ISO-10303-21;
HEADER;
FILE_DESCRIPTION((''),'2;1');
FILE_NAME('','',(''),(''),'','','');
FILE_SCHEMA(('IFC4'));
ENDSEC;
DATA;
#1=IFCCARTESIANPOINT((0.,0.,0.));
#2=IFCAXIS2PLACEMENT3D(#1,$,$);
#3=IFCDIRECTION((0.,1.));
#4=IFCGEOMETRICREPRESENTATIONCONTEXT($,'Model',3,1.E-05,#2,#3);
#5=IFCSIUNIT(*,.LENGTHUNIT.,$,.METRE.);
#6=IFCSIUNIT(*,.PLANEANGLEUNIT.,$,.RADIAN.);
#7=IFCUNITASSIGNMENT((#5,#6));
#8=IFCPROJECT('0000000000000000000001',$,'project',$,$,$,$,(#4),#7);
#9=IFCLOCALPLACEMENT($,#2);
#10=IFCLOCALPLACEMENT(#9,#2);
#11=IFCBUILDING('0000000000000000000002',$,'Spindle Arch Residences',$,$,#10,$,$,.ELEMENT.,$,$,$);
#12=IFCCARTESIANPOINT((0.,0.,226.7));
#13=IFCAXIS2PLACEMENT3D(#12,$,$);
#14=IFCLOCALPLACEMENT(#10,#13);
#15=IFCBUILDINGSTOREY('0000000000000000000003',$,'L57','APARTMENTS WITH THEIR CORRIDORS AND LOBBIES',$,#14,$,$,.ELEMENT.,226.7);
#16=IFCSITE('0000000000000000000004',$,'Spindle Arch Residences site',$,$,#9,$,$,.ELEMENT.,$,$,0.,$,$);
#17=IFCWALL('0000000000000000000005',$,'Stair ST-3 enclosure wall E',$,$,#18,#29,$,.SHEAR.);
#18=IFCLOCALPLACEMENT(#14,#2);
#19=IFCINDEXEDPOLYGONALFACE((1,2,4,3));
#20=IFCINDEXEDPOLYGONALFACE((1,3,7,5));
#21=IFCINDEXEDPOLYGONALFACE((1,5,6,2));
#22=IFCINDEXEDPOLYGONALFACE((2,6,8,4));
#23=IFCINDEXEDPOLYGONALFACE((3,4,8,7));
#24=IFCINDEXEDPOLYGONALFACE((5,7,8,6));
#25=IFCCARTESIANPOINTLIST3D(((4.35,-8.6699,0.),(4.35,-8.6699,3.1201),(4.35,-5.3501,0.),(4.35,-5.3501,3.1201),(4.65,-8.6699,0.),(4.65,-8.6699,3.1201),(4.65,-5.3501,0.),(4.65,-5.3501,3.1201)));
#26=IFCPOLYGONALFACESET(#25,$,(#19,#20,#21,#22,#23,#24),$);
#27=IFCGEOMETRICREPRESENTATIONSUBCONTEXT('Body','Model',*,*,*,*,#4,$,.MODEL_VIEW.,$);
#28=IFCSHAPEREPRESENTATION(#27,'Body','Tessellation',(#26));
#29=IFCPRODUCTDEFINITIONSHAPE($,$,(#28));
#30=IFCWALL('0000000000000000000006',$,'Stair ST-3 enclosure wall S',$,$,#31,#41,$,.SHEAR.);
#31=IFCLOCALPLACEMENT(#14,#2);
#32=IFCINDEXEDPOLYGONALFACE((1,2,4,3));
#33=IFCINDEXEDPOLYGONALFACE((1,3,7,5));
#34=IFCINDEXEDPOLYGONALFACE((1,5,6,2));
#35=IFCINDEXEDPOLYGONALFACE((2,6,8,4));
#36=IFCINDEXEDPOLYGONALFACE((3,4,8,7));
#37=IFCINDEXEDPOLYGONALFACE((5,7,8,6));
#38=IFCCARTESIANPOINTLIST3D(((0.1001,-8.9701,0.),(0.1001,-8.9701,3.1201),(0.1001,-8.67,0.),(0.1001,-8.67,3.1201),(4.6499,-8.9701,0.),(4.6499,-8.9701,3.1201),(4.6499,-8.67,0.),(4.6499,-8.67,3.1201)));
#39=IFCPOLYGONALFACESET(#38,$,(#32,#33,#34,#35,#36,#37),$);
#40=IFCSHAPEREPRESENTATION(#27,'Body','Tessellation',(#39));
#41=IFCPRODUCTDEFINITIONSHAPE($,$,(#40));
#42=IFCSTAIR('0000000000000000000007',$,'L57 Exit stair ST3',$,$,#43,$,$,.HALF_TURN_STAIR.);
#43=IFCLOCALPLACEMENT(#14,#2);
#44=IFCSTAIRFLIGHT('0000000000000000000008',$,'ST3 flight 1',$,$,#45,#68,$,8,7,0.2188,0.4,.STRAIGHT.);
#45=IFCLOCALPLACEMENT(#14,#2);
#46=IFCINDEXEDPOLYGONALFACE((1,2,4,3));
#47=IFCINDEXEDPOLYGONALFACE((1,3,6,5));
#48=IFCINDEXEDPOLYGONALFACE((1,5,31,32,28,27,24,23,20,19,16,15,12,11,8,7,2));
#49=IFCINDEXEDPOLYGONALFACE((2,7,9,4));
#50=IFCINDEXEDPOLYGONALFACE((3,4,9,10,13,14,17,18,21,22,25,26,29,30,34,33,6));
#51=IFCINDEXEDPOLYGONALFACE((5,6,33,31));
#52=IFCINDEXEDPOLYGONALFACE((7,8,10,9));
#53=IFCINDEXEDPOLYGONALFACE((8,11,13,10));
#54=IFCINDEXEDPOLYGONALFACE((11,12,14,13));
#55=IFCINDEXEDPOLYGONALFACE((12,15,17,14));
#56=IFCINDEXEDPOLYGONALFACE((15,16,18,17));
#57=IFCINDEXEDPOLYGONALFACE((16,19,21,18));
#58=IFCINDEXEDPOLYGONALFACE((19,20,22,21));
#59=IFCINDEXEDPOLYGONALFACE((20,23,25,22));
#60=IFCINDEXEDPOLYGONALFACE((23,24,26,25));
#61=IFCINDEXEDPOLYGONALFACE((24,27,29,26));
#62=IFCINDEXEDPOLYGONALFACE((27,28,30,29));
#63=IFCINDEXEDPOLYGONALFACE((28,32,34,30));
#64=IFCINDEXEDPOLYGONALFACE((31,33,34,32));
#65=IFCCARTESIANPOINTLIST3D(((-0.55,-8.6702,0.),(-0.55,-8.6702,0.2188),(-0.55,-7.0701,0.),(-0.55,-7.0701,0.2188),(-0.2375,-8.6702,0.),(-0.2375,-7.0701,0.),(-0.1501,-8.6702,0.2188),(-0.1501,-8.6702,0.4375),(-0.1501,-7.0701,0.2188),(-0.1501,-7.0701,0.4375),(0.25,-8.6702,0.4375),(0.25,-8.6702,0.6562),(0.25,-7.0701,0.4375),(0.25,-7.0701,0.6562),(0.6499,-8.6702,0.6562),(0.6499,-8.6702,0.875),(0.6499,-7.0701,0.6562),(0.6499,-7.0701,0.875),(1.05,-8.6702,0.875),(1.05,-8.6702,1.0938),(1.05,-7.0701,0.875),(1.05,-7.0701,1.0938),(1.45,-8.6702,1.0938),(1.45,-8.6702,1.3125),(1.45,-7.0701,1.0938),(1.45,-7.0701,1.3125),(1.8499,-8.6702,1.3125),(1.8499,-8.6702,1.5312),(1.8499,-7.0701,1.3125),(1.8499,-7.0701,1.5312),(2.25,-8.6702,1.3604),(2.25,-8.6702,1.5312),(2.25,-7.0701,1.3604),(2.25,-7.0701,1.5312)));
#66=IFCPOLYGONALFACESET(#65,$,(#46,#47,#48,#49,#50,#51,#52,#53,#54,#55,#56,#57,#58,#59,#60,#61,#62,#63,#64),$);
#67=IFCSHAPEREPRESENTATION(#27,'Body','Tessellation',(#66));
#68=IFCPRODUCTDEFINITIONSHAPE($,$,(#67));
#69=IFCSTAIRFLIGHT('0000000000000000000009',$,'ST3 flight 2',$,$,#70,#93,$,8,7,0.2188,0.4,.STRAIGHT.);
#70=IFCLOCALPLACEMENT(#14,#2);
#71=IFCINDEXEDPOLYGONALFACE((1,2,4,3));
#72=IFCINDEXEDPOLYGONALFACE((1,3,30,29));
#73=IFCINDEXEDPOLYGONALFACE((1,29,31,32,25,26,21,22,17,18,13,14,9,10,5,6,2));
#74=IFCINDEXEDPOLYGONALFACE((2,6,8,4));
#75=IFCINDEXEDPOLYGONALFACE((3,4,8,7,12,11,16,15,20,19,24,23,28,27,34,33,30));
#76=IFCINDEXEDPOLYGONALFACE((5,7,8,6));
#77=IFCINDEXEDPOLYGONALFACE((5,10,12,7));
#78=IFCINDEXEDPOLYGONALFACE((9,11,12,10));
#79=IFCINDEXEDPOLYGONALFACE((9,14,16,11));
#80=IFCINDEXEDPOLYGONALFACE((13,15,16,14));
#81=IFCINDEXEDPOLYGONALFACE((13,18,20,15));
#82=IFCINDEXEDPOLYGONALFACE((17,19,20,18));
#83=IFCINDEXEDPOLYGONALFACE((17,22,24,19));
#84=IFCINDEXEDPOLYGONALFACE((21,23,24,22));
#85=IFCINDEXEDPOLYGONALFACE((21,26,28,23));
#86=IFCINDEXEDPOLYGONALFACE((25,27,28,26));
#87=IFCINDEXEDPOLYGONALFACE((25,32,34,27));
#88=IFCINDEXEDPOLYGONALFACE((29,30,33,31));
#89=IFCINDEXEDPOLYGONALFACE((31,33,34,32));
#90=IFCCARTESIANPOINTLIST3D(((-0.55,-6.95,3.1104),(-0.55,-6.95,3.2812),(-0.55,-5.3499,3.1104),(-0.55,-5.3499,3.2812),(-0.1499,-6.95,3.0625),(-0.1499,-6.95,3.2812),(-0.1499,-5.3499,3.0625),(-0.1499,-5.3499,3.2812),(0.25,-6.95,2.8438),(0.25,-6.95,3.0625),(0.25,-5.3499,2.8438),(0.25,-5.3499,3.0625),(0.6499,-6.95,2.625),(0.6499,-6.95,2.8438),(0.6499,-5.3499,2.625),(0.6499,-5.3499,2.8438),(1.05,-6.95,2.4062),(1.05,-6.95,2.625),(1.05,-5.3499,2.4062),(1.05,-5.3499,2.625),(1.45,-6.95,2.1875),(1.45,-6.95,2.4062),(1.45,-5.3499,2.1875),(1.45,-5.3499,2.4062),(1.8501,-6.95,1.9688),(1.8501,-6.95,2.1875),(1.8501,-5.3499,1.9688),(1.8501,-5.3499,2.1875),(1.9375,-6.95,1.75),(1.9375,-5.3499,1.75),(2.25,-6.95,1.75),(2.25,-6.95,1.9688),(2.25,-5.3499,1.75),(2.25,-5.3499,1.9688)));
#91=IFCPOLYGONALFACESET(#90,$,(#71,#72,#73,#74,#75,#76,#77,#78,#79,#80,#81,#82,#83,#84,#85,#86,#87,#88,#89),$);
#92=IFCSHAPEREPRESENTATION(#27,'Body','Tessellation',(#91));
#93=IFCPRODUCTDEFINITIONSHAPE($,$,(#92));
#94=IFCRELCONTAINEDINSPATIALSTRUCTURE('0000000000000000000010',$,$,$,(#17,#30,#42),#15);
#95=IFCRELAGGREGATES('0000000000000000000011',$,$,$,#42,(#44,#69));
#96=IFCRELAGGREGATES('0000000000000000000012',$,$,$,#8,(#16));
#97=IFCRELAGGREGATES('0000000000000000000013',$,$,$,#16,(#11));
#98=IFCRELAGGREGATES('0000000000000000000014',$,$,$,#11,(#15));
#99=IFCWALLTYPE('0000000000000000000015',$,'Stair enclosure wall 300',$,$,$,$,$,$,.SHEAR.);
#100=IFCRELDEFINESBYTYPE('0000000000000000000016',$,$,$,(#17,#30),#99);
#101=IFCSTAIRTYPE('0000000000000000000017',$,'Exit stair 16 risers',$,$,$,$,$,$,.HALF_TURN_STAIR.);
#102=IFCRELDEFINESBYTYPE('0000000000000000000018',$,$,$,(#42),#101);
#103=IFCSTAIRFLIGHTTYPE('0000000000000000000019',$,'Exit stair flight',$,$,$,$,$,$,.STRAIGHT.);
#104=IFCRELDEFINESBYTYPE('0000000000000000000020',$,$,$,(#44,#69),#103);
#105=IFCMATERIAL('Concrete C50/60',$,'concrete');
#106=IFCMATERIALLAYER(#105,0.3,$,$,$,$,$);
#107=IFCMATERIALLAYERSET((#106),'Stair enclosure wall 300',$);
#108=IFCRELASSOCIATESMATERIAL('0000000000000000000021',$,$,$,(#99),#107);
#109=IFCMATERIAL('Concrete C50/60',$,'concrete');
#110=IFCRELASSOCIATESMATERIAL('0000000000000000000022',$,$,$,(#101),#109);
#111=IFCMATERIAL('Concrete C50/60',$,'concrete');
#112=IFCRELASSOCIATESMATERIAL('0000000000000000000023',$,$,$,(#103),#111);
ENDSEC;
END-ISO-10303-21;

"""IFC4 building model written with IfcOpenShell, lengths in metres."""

from ifc_helpers import new_model, si_unit, direction, frame, frame_2d, origin, place, context, subcontext, project, spatial, polyline, rectangle, outline, extrude, material, layer, layer_set, type_object, element, aggregate, save


model = new_model("IFC4")

# Units and contexts
model_context = context("Model", 3, precision=1e-05, world=origin(), true_north=direction((0.0, 1.0)))
body_context = subcontext(model_context, "Body", "Model", "MODEL_VIEW")
ifc_project = project(units=[si_unit("LENGTHUNIT", "METRE"), si_unit("PLANEANGLEUNIT", "RADIAN")], contexts=[model_context])

# Site, building, storey
site_placement = place(None, origin())
site = spatial("IfcSite", under=ifc_project, at=site_placement, Name="Spindle Arch Residences site", CompositionType="ELEMENT", RefElevation=0.0)
building_placement = place(site_placement, origin())
building = spatial("IfcBuilding", under=site, at=building_placement, Name="Spindle Arch Residences", CompositionType="ELEMENT")
storey_placement = place(building_placement, frame((0.0, 0.0, 226.7)))
storey = spatial("IfcBuildingStorey", under=building, at=storey_placement, Name="L57", Description="APARTMENTS WITH THEIR CORRIDORS AND LOBBIES", CompositionType="ELEMENT", Elevation=226.7)

# Walls
ifc_material_1 = material(Name="Concrete C50/60", Category="concrete")
ifc_layer_1 = layer(ifc_material_1, 0.3)
ifc_layer_set_1 = layer_set([ifc_layer_1], Name="Stair enclosure wall 300")
wall_type_1 = type_object("IfcWallType", Name="Stair enclosure wall 300", PredefinedType="SHEAR", material=ifc_layer_set_1)
wall_1_placement = place(storey_placement, frame((4.5, -8.6699, 0.0), z_axis=(0.0, 0.0, 1.0), x_axis=(0.0, 1.0, 0.0)))
element("IfcWall", 1, at=wall_1_placement, inside=storey, type_object=wall_type_1, Name="Stair ST-3 enclosure wall E", PredefinedType="SHEAR", context=body_context, shape_type="SweptSolid", body=[
    extrude(rectangle(XDim=3.3198, YDim=0.3, at=frame_2d((1.6599, 0.0))), origin(), (0.0, 0.0, 1.0), 3.1201),
])
wall_2_placement = place(storey_placement, frame((0.1001, -8.8201, 0.0), z_axis=(0.0, 0.0, 1.0), x_axis=(1.0, 0.0, 0.0)))
element("IfcWall", 2, at=wall_2_placement, inside=storey, type_object=wall_type_1, Name="Stair ST-3 enclosure wall S", PredefinedType="SHEAR", context=body_context, shape_type="SweptSolid", body=[
    extrude(rectangle(XDim=4.5498, YDim=0.3, at=frame_2d((2.2749, 0.0))), origin(), (0.0, 0.0, 1.0), 3.1201),
])

# Stair, stair flights
ifc_material_2 = material(Name="Concrete C50/60", Category="concrete")
stair_type = type_object("IfcStairType", Name="Exit stair 16 risers", PredefinedType="HALF_TURN_STAIR", material=ifc_material_2)
stair_placement = place(storey_placement, origin())
stair = element("IfcStair", 3, at=stair_placement, inside=storey, type_object=stair_type, Name="L57 Exit stair ST3", PredefinedType="HALF_TURN_STAIR")
ifc_material_3 = material(Name="Concrete C50/60", Category="concrete")
stair_flight_type = type_object("IfcStairFlightType", Name="Exit stair flight", PredefinedType="STRAIGHT", material=ifc_material_3)
stair_flight_1_placement = place(storey_placement, frame((-0.55, -7.8701, 0.0), z_axis=(0.0, 0.0, 1.0), x_axis=(1.0, 0.0, 0.0)))
stair_flight_1 = element("IfcStairFlight", 4, at=stair_flight_1_placement, type_object=stair_flight_type, Name="ST3 flight 1", NumberOfRisers=8, NumberOfTreads=7, PredefinedType="STRAIGHT", RiserHeight=0.2188, TreadLength=0.4, context=body_context, shape_type="SweptSolid", body=[
    extrude(outline(polyline([(0.0, 0.0), (0.0, 0.2188), (0.3999, 0.2188), (0.3999, 0.4375), (0.8, 0.4375), (0.8, 0.6562), (1.2, 0.6562), (1.2, 0.875), (1.6001, 0.875), (1.6001, 1.0938), (2.0, 1.0938), (2.0, 1.3125), (2.3999, 1.3125), (2.3999, 1.5312), (2.8, 1.5312), (2.8, 1.75), (2.8, 1.3604), (0.3125, 0.0), (0.0, 0.0)])), frame((0.0, 0.8, 0.0), z_axis=(0.0, -1.0, 0.0), x_axis=(1.0, 0.0, 0.0)), (0.0, 0.0, 1.0), 1.6001),
])
stair_flight_2_placement = place(storey_placement, frame((2.25, -6.1499, 1.75), z_axis=(0.0, 0.0, 1.0), x_axis=(-1.0, 0.0, 0.0)))
stair_flight_2 = element("IfcStairFlight", 5, at=stair_flight_2_placement, type_object=stair_flight_type, Name="ST3 flight 2", NumberOfRisers=8, NumberOfTreads=7, PredefinedType="STRAIGHT", RiserHeight=0.2188, TreadLength=0.4, context=body_context, shape_type="SweptSolid", body=[
    extrude(outline(polyline([(0.0, 0.0), (0.0, 0.2188), (0.3999, 0.2188), (0.3999, 0.4375), (0.8, 0.4375), (0.8, 0.6562), (1.2, 0.6562), (1.2, 0.875), (1.6001, 0.875), (1.6001, 1.0938), (2.0, 1.0938), (2.0, 1.3125), (2.3999, 1.3125), (2.3999, 1.5312), (2.8, 1.5312), (2.8, 1.75), (2.8, 1.3604), (0.3125, 0.0), (0.0, 0.0)])), frame((0.0, 0.8, 0.0), z_axis=(0.0, -1.0, 0.0), x_axis=(1.0, 0.0, 0.0)), (0.0, 0.0, 1.0), 1.6001),
])
aggregate(stair, [stair_flight_1, stair_flight_2])

save(model, "model.ifc")
